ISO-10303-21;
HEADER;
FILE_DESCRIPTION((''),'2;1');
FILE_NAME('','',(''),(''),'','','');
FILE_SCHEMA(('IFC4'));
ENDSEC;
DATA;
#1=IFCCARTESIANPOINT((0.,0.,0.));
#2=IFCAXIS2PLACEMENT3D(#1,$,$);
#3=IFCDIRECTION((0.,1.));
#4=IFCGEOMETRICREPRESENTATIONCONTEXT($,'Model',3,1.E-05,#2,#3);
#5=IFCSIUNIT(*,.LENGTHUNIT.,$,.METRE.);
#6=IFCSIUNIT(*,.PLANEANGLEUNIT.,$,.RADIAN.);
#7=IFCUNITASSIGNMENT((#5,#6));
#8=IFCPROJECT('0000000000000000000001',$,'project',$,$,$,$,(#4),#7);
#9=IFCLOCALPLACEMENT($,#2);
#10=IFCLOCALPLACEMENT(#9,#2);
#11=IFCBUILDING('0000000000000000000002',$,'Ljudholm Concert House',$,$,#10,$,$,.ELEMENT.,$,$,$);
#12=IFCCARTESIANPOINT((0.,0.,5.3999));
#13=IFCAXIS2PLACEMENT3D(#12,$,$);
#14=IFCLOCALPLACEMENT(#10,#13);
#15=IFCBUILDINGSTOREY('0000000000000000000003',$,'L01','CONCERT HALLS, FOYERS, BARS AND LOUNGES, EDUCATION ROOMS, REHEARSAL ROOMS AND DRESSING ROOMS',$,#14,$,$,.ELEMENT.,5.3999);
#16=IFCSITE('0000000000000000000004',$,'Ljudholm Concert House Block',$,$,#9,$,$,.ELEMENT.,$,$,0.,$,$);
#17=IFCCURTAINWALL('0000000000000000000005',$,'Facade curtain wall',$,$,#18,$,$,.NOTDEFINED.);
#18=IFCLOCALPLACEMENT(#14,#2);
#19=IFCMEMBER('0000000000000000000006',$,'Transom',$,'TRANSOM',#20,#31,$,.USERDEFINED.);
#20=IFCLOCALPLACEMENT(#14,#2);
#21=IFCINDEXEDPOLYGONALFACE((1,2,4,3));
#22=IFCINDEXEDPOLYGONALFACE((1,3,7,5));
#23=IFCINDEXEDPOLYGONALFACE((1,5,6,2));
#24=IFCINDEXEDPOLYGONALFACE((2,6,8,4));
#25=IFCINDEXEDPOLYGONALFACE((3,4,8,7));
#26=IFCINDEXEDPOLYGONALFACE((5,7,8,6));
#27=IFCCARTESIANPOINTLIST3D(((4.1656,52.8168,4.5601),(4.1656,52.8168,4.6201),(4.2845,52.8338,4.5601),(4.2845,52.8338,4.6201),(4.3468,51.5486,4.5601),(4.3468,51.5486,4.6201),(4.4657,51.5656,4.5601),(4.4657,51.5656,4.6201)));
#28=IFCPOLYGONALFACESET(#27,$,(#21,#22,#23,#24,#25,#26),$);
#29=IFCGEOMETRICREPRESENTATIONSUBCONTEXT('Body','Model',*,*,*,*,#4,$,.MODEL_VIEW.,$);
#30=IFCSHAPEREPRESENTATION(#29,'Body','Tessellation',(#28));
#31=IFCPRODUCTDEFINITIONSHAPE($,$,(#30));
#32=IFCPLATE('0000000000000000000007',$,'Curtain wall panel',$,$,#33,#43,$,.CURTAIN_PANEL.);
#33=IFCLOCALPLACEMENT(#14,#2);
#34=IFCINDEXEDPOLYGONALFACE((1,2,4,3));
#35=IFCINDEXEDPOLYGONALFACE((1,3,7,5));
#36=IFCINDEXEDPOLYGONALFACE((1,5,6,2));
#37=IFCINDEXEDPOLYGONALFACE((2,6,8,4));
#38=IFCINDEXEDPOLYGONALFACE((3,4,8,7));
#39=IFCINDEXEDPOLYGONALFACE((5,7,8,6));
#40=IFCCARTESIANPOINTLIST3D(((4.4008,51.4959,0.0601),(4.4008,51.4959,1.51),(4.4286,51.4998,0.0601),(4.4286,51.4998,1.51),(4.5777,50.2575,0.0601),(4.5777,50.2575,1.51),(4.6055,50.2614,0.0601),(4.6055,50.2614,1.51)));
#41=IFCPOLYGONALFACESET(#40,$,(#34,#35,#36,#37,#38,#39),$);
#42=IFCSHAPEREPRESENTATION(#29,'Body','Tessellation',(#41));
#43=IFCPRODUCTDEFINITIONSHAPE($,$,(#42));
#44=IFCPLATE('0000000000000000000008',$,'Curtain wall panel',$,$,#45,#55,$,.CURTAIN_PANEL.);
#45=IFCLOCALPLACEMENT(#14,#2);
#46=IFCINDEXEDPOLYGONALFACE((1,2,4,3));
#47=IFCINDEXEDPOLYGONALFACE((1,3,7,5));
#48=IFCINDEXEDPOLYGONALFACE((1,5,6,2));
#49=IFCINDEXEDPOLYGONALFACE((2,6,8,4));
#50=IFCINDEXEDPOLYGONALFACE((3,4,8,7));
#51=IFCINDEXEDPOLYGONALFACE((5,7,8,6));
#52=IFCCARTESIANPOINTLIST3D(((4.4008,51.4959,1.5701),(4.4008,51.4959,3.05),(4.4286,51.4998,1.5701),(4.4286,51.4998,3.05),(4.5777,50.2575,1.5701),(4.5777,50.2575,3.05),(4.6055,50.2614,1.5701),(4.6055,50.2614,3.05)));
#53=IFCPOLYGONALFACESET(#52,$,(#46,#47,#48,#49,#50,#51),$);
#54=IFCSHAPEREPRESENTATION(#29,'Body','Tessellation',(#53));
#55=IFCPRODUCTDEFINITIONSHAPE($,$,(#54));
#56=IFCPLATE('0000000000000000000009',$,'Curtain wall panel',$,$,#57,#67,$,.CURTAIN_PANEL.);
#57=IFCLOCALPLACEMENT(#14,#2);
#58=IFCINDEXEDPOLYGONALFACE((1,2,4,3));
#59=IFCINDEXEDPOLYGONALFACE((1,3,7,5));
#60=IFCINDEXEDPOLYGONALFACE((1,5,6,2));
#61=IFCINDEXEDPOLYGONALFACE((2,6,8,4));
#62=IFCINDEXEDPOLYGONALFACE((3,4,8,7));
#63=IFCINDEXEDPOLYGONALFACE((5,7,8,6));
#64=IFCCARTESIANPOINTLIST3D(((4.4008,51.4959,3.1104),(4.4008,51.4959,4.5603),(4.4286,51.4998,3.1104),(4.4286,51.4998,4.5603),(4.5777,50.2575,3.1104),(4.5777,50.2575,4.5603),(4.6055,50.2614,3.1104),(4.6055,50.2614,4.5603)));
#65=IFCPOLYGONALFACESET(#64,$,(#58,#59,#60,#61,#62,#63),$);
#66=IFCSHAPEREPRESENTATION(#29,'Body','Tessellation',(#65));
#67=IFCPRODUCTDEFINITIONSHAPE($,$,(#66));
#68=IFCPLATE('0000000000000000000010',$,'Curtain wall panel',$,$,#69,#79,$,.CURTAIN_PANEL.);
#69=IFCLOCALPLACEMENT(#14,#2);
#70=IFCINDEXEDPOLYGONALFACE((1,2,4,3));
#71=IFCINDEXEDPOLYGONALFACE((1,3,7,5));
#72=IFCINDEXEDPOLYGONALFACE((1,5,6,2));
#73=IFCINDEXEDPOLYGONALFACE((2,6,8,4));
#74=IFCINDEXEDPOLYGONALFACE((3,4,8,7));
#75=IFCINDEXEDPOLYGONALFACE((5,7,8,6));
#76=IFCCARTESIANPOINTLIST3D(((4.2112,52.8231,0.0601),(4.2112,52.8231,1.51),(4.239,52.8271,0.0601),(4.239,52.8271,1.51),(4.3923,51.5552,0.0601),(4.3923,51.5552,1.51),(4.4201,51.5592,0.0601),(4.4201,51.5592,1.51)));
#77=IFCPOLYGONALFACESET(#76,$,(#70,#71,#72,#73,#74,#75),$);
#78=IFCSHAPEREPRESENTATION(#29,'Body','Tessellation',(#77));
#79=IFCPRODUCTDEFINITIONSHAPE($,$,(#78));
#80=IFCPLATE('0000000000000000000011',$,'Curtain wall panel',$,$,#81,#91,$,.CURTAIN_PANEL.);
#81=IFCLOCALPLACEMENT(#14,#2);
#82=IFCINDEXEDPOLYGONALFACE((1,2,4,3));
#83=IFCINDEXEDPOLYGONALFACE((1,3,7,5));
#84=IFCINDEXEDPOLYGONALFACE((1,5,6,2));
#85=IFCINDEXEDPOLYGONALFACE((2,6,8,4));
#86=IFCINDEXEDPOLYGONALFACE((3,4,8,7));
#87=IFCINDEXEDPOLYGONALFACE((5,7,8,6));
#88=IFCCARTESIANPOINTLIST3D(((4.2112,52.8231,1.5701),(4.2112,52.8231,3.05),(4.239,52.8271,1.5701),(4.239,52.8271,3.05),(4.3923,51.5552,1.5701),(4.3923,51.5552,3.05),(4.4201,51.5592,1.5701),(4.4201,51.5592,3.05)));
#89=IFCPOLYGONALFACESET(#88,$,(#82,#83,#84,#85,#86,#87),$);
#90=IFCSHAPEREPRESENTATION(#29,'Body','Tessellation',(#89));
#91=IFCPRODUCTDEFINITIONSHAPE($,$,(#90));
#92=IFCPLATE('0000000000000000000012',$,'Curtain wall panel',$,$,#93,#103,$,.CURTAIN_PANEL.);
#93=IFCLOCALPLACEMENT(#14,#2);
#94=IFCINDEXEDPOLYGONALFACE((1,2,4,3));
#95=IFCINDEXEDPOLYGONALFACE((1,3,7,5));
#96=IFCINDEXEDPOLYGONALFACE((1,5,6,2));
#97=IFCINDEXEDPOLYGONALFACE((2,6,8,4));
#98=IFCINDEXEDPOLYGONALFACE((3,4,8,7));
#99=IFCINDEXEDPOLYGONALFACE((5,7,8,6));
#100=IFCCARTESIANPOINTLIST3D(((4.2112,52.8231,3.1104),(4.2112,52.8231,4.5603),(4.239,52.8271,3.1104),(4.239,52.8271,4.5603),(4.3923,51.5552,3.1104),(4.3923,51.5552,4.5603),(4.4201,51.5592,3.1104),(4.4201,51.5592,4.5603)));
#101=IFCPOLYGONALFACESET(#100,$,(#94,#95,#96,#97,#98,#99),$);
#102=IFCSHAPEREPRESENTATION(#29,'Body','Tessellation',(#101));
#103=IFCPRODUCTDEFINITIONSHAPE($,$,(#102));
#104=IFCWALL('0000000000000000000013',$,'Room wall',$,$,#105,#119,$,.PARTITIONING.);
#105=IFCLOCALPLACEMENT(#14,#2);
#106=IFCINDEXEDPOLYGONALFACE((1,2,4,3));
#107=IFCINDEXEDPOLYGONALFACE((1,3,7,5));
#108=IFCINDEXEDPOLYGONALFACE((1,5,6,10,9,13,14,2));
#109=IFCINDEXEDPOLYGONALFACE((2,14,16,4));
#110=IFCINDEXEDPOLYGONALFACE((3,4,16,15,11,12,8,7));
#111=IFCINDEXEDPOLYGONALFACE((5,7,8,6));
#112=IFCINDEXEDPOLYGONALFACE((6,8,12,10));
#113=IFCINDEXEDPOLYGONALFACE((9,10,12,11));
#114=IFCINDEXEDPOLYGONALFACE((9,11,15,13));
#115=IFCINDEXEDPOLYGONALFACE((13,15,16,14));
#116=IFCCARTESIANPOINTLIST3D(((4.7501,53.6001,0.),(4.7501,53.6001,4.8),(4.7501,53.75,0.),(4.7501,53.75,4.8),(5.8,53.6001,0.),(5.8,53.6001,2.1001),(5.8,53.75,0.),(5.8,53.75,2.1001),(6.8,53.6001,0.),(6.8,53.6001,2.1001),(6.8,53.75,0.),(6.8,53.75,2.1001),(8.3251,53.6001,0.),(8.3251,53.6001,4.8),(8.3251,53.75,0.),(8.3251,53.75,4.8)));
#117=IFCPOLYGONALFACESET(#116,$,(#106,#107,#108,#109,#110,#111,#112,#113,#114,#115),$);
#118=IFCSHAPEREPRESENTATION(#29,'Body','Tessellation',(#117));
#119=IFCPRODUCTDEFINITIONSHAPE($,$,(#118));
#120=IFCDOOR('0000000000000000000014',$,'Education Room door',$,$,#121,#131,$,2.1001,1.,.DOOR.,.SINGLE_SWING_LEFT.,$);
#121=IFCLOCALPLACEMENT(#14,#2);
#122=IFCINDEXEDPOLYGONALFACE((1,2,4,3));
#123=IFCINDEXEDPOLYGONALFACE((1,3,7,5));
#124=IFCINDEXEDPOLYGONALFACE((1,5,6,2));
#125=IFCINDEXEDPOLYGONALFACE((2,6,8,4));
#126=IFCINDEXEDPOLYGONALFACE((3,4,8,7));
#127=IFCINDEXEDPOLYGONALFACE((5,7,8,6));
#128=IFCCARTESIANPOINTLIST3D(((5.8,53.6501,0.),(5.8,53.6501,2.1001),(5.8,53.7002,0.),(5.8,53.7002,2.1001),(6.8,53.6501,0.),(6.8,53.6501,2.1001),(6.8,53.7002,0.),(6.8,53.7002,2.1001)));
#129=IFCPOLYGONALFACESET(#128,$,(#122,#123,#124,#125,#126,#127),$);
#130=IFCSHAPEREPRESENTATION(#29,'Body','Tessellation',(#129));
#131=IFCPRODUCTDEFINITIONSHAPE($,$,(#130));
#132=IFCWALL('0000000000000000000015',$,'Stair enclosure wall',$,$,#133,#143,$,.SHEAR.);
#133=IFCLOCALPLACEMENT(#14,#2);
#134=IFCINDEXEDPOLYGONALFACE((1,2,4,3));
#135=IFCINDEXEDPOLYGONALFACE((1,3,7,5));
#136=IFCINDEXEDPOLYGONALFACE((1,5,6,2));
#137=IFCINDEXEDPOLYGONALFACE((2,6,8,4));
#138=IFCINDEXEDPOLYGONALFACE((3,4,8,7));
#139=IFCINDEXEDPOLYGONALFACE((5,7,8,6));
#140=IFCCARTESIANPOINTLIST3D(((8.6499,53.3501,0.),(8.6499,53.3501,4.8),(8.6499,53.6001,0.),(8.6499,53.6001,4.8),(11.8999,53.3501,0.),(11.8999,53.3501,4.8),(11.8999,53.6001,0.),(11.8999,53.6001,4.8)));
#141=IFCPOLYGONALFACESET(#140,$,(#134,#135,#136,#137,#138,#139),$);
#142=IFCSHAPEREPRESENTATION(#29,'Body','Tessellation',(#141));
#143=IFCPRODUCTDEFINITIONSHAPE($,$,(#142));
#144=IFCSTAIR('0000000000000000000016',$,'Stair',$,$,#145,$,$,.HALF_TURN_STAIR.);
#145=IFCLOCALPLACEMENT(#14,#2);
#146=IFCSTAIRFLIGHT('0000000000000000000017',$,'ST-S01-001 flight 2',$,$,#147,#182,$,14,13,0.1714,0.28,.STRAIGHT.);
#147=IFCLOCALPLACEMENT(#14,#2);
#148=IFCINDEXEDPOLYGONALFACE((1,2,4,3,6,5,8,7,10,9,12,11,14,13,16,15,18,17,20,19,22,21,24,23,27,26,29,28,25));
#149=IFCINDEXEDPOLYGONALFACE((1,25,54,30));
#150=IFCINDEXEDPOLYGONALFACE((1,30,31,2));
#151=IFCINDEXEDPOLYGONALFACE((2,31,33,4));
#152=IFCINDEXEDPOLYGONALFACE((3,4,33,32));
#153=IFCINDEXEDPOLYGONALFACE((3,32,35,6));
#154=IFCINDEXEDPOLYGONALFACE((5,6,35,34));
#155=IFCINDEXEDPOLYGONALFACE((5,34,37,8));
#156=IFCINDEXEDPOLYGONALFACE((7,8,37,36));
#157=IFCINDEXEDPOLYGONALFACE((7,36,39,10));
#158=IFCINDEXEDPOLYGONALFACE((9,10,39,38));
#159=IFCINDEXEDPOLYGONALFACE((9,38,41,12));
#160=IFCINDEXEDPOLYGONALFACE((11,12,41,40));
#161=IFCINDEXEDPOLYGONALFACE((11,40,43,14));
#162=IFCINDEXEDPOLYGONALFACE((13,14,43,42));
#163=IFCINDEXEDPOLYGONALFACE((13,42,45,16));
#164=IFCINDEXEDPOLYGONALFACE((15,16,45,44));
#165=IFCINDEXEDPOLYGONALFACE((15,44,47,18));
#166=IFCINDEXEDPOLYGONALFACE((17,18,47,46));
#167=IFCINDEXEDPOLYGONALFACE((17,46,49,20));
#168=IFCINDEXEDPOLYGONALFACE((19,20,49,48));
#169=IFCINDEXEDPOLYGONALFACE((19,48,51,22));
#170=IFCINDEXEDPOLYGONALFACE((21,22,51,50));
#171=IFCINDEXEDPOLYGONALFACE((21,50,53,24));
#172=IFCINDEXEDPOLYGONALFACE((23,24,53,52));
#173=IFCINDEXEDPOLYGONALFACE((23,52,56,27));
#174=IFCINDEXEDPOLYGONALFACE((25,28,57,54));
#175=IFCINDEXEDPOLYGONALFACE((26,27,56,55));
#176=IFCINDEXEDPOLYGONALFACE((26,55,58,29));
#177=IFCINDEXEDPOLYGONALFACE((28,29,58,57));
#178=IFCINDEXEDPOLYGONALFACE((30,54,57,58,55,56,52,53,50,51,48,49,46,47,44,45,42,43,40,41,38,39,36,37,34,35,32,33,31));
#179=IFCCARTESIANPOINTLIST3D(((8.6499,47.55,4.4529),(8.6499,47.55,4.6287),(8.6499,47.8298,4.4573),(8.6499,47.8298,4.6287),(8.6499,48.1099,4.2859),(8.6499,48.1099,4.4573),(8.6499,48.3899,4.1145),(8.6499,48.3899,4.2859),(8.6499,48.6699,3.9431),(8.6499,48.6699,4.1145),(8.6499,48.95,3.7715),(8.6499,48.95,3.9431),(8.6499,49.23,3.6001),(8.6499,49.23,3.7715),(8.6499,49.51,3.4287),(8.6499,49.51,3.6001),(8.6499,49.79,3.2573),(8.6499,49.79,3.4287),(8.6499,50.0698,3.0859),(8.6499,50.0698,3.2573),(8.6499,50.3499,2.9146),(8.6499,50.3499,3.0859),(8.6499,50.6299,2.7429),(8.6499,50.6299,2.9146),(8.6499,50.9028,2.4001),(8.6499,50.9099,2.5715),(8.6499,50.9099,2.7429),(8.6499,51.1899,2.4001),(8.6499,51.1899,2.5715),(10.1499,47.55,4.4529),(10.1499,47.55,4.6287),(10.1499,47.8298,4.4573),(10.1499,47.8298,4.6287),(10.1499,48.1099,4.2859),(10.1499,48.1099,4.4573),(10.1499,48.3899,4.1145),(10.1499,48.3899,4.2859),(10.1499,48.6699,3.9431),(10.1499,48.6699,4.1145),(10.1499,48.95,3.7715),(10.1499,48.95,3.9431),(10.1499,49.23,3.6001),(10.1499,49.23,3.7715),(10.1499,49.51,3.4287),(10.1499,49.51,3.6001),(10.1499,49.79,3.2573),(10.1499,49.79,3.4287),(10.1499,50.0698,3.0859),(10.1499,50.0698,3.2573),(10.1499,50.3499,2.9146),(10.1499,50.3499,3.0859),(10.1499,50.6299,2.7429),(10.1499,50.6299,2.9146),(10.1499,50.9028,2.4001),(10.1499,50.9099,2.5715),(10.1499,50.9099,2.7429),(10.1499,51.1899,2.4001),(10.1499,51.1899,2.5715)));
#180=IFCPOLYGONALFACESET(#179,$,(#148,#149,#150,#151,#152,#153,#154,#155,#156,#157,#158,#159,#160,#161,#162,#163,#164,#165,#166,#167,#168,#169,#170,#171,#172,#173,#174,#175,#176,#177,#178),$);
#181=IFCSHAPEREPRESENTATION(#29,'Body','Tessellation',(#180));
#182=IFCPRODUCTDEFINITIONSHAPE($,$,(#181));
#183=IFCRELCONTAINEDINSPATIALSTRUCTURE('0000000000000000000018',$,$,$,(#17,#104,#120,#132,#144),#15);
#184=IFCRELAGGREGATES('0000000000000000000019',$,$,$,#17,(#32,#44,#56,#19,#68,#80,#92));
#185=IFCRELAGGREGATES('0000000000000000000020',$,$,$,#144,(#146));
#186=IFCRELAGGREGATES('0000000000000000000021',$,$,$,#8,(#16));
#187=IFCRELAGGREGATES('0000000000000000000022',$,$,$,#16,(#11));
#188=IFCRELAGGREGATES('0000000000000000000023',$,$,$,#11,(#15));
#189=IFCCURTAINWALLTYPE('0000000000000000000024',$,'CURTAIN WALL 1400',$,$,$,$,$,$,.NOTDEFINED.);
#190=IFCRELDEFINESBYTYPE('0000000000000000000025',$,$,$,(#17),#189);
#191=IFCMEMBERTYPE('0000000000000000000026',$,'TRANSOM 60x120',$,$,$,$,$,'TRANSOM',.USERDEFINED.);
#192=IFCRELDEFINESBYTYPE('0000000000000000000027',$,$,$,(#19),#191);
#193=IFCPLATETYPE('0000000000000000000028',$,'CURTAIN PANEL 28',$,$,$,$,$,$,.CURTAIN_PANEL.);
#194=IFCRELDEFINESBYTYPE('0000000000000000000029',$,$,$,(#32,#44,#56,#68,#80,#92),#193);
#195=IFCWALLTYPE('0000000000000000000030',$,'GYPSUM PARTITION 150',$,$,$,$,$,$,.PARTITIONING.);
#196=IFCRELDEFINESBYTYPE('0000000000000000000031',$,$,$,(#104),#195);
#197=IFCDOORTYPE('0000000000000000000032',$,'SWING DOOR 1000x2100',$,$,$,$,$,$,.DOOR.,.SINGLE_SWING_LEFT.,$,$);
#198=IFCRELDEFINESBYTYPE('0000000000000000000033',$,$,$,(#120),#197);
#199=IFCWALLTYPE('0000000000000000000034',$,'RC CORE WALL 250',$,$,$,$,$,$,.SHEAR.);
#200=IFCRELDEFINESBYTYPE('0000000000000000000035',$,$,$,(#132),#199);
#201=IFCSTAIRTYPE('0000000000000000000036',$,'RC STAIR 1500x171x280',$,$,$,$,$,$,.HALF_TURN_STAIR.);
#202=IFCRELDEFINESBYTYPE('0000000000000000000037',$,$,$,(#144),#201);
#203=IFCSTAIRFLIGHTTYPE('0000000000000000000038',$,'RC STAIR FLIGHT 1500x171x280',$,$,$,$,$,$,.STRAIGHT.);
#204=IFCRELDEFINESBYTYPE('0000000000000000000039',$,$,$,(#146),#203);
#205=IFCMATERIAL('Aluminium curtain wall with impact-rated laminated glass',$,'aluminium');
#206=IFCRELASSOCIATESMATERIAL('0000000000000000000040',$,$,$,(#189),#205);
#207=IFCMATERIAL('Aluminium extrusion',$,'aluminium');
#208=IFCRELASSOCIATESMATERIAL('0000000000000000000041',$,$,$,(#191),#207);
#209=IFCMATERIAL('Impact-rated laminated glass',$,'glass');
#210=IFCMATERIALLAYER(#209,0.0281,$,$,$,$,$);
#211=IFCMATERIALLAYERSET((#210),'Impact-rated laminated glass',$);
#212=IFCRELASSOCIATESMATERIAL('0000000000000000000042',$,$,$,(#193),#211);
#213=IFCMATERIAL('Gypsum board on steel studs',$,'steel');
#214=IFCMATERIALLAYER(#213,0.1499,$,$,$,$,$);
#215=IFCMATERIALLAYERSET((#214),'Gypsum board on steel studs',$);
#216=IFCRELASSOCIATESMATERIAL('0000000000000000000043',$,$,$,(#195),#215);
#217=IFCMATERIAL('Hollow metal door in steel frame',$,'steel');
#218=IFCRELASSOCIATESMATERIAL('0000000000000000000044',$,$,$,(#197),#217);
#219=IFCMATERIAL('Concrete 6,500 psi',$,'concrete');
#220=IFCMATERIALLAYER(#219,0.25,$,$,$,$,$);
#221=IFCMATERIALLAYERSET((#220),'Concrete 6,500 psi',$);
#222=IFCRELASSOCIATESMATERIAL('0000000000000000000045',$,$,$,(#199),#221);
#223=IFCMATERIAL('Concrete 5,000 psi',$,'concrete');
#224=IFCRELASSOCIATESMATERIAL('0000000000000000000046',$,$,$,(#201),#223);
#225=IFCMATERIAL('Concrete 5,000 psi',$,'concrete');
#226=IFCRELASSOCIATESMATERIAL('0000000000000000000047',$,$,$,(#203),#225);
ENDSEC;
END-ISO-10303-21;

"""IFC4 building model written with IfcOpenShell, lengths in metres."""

from ifc_helpers import new_model, si_unit, direction, frame, frame_2d, origin, origin_2d, place, context, subcontext, project, spatial, polyline, rectangle, outline, extrude, material, layer, layer_set, material_profile, profile_set, type_object, element, fill, aggregate, save


model = new_model("IFC4")

# Units and contexts
model_context = context("Model", 3, precision=1e-05, world=origin(), true_north=direction((0.0, 1.0)))
body_context = subcontext(model_context, "Body", "Model", "MODEL_VIEW")
ifc_project = project(units=[si_unit("LENGTHUNIT", "METRE"), si_unit("PLANEANGLEUNIT", "RADIAN")], contexts=[model_context])

# Site, building, storey
site_placement = place(None, origin())
site = spatial("IfcSite", under=ifc_project, at=site_placement, Name="Ljudholm Concert House Block", CompositionType="ELEMENT", RefElevation=0.0)
building_placement = place(site_placement, origin())
building = spatial("IfcBuilding", under=site, at=building_placement, Name="Ljudholm Concert House", CompositionType="ELEMENT")
storey_placement = place(building_placement, frame((0.0, 0.0, 5.3999)))
storey = spatial("IfcBuildingStorey", under=building, at=storey_placement, Name="L01", Description="CONCERT HALLS, FOYERS, BARS AND LOUNGES, EDUCATION ROOMS, REHEARSAL ROOMS AND DRESSING ROOMS", CompositionType="ELEMENT", Elevation=5.3999)

# Curtain wall
ifc_material_1 = material(Name="Aluminium curtain wall with impact-rated laminated glass", Category="aluminium")
curtain_wall_type = type_object("IfcCurtainWallType", Name="CURTAIN WALL 1400", PredefinedType="NOTDEFINED", material=ifc_material_1)
curtain_wall_placement = place(storey_placement, origin())
curtain_wall = element("IfcCurtainWall", 1, at=curtain_wall_placement, inside=storey, type_object=curtain_wall_type, Name="Facade curtain wall", PredefinedType="NOTDEFINED")

# Member
ifc_material_2 = material(Name="Aluminium extrusion", Category="aluminium")
ifc_material_profile_1 = material_profile(ifc_material_2, rectangle(XDim=0.1201, YDim=0.0601, at=origin_2d()), Name="TRANSOM 60x120")
ifc_profile_set_1 = profile_set([ifc_material_profile_1], Name="Aluminium extrusion")
member_type_1 = type_object("IfcMemberType", Name="TRANSOM 60x120", ElementType="TRANSOM", PredefinedType="USERDEFINED", material=ifc_profile_set_1)
member_1_placement = place(storey_placement, frame((4.4062, 51.5571, 4.5901), z_axis=(-0.141421, 0.989949, 0.0), x_axis=(-0.989949, -0.141421, 0.0)))
member_1 = element("IfcMember", 2, at=member_1_placement, type_object=member_type_1, Name="Transom", ObjectType="TRANSOM", PredefinedType="USERDEFINED", context=body_context, shape_type="SweptSolid", body=[
    extrude(rectangle(XDim=0.1201, YDim=0.0601, at=origin_2d()), origin(), (0.0, 0.0, 1.0), 1.281),
])

# Plates
ifc_material_3 = material(Name="Impact-rated laminated glass", Category="glass")
ifc_layer_1 = layer(ifc_material_3, 0.0281)
ifc_layer_set_1 = layer_set([ifc_layer_1], Name="Impact-rated laminated glass")
plate_type = type_object("IfcPlateType", Name="CURTAIN PANEL 28", PredefinedType="CURTAIN_PANEL", material=ifc_layer_set_1)
plate_1_placement = place(storey_placement, frame((4.5032, 50.8787, 0.0601), z_axis=(0.0, 0.0, 1.0), x_axis=(-0.141421, 0.989949, 0.0)))
plate_1 = element("IfcPlate", 3, at=plate_1_placement, type_object=plate_type, Name="Curtain wall panel", PredefinedType="CURTAIN_PANEL", context=body_context, shape_type="SweptSolid", body=[
    extrude(rectangle(XDim=1.251, YDim=0.0281, at=origin_2d()), origin(), (0.0, 0.0, 1.0), 1.45),
])
plate_2_placement = place(storey_placement, frame((4.5032, 50.8787, 1.5701), z_axis=(0.0, 0.0, 1.0), x_axis=(-0.141421, 0.989949, 0.0)))
plate_2 = element("IfcPlate", 4, at=plate_2_placement, type_object=plate_type, Name="Curtain wall panel", PredefinedType="CURTAIN_PANEL", context=body_context, shape_type="SweptSolid", body=[
    extrude(rectangle(XDim=1.251, YDim=0.0281, at=origin_2d()), origin(), (0.0, 0.0, 1.0), 1.48),
])
plate_3_placement = place(storey_placement, frame((4.5032, 50.8787, 3.1104), z_axis=(0.0, 0.0, 1.0), x_axis=(-0.141421, 0.989949, 0.0)))
plate_3 = element("IfcPlate", 5, at=plate_3_placement, type_object=plate_type, Name="Curtain wall panel", PredefinedType="CURTAIN_PANEL", context=body_context, shape_type="SweptSolid", body=[
    extrude(rectangle(XDim=1.251, YDim=0.0281, at=origin_2d()), origin(), (0.0, 0.0, 1.0), 1.45),
])
plate_4_placement = place(storey_placement, frame((4.3157, 52.1912, 0.0601), z_axis=(0.0, 0.0, 1.0), x_axis=(-0.141421, 0.989949, 0.0)))
plate_4 = element("IfcPlate", 6, at=plate_4_placement, type_object=plate_type, Name="Curtain wall panel", PredefinedType="CURTAIN_PANEL", context=body_context, shape_type="SweptSolid", body=[
    extrude(rectangle(XDim=1.2808, YDim=0.0281, at=origin_2d()), origin(), (0.0, 0.0, 1.0), 1.45),
])
plate_5_placement = place(storey_placement, frame((4.3157, 52.1912, 1.5701), z_axis=(0.0, 0.0, 1.0), x_axis=(-0.141421, 0.989949, 0.0)))
plate_5 = element("IfcPlate", 7, at=plate_5_placement, type_object=plate_type, Name="Curtain wall panel", PredefinedType="CURTAIN_PANEL", context=body_context, shape_type="SweptSolid", body=[
    extrude(rectangle(XDim=1.2808, YDim=0.0281, at=origin_2d()), origin(), (0.0, 0.0, 1.0), 1.48),
])
plate_6_placement = place(storey_placement, frame((4.3157, 52.1912, 3.1104), z_axis=(0.0, 0.0, 1.0), x_axis=(-0.141421, 0.989949, 0.0)))
plate_6 = element("IfcPlate", 8, at=plate_6_placement, type_object=plate_type, Name="Curtain wall panel", PredefinedType="CURTAIN_PANEL", context=body_context, shape_type="SweptSolid", body=[
    extrude(rectangle(XDim=1.2808, YDim=0.0281, at=origin_2d()), origin(), (0.0, 0.0, 1.0), 1.45),
])
aggregate(curtain_wall, [plate_1, plate_2, plate_3, member_1, plate_4, plate_5, plate_6])

# Wall, opening, door
ifc_material_4 = material(Name="Gypsum board on steel studs", Category="steel")
ifc_layer_2 = layer(ifc_material_4, 0.1499)
ifc_layer_set_2 = layer_set([ifc_layer_2], Name="Gypsum board on steel studs")
wall_type_1 = type_object("IfcWallType", Name="GYPSUM PARTITION 150", PredefinedType="PARTITIONING", material=ifc_layer_set_2)
wall_1_placement = place(storey_placement, frame((4.75, 53.675, 0.0), z_axis=(0.0, 0.0, 1.0), x_axis=(1.0, 0.0, 0.0)))
wall_1 = element("IfcWall", 9, at=wall_1_placement, inside=storey, type_object=wall_type_1, Name="Room wall", PredefinedType="PARTITIONING", context=body_context, shape_type="SweptSolid", body=[
    extrude(rectangle(XDim=3.575, YDim=0.1499, at=frame_2d((1.7876, 0.0))), origin(), (0.0, 0.0, 1.0), 4.8),
])
opening_placement = place(wall_1_placement, frame((1.05, 0.0, 0.0)))
opening = element("IfcOpeningElement", 10, at=opening_placement, cuts=wall_1, PredefinedType="OPENING", context=body_context, shape_type="SweptSolid", body=[
    extrude(rectangle(XDim=1.0, YDim=2.1001, at=frame_2d((0.5, 1.05))), frame((0.0, 0.085, 0.0), z_axis=(0.0, -1.0, 0.0), x_axis=(1.0, 0.0, 0.0)), (0.0, 0.0, 1.0), 0.1699),
])
ifc_material_5 = material(Name="Hollow metal door in steel frame", Category="steel")
door_type = type_object("IfcDoorType", Name="SWING DOOR 1000x2100", OperationType="SINGLE_SWING_LEFT", PredefinedType="DOOR", material=ifc_material_5)
door_placement = place(opening_placement, frame((1.0, 0.0, 0.0), z_axis=(0.0, 0.0, 1.0), x_axis=(-1.0, 0.0, 0.0)))
door = element("IfcDoor", 11, at=door_placement, inside=storey, type_object=door_type, Name="Education Room door", OperationType="SINGLE_SWING_LEFT", OverallHeight=2.1001, OverallWidth=1.0, PredefinedType="DOOR", context=body_context, shape_type="SweptSolid", body=[
    extrude(rectangle(XDim=1.0, YDim=2.1001, at=frame_2d((0.5, 1.05))), frame((0.0, 0.0249, 0.0), z_axis=(0.0, -1.0, 0.0), x_axis=(1.0, 0.0, 0.0)), (0.0, 0.0, 1.0), 0.05),
])
fill(opening, door)

# Wall
ifc_material_6 = material(Name="Concrete 6,500 psi", Category="concrete")
ifc_layer_3 = layer(ifc_material_6, 0.25)
ifc_layer_set_3 = layer_set([ifc_layer_3], Name="Concrete 6,500 psi")
wall_type_2 = type_object("IfcWallType", Name="RC CORE WALL 250", PredefinedType="SHEAR", material=ifc_layer_set_3)
wall_2_placement = place(storey_placement, frame((8.6499, 53.4751, 0.0), z_axis=(0.0, 0.0, 1.0), x_axis=(1.0, 0.0, 0.0)))
element("IfcWall", 12, at=wall_2_placement, inside=storey, type_object=wall_type_2, Name="Stair enclosure wall", PredefinedType="SHEAR", context=body_context, shape_type="SweptSolid", body=[
    extrude(rectangle(XDim=3.25, YDim=0.25, at=frame_2d((1.625, 0.0))), origin(), (0.0, 0.0, 1.0), 4.8),
])

# Stair, stair flight
ifc_material_7 = material(Name="Concrete 5,000 psi", Category="concrete")
stair_type = type_object("IfcStairType", Name="RC STAIR 1500x171x280", PredefinedType="HALF_TURN_STAIR", material=ifc_material_7)
stair_placement = place(storey_placement, origin())
stair = element("IfcStair", 13, at=stair_placement, inside=storey, type_object=stair_type, Name="Stair", PredefinedType="HALF_TURN_STAIR")
ifc_material_8 = material(Name="Concrete 5,000 psi", Category="concrete")
stair_flight_type = type_object("IfcStairFlightType", Name="RC STAIR FLIGHT 1500x171x280", PredefinedType="STRAIGHT", material=ifc_material_8)
stair_flight_placement = place(storey_placement, frame((9.3999, 51.1899, 2.4001), z_axis=(0.0, 0.0, 1.0), x_axis=(0.0, -1.0, 0.0)))
stair_flight = element("IfcStairFlight", 14, at=stair_flight_placement, type_object=stair_flight_type, Name="ST-S01-001 flight 2", NumberOfRisers=14, NumberOfTreads=13, PredefinedType="STRAIGHT", RiserHeight=0.1714, TreadLength=0.28, context=body_context, shape_type="SweptSolid", body=[
    extrude(outline(polyline([(0.0, 0.0), (0.0, 0.1714), (0.28, 0.1714), (0.28, 0.3428), (0.5601, 0.3428), (0.5601, 0.5144), (0.8401, 0.5144), (0.8401, 0.6858), (1.1201, 0.6858), (1.1201, 0.8572), (1.3999, 0.8572), (1.3999, 1.0286), (1.6799, 1.0286), (1.6799, 1.2), (1.96, 1.2), (1.96, 1.3713), (2.24, 1.3713), (2.24, 1.543), (2.52, 1.543), (2.52, 1.7144), (2.8, 1.7144), (2.8, 1.8857), (3.0801, 1.8857), (3.0801, 2.0571), (3.3601, 2.0571), (3.3601, 2.2285), (3.6399, 2.2285), (3.6399, 2.3999), (3.6399, 2.0527), (0.2871, 0.0), (0.0, 0.0)])), frame((0.0, 0.75, 0.0), z_axis=(0.0, -1.0, 0.0), x_axis=(1.0, 0.0, 0.0)), (0.0, 0.0, 1.0), 1.5),
])
aggregate(stair, [stair_flight])

save(model, "model.ifc")
